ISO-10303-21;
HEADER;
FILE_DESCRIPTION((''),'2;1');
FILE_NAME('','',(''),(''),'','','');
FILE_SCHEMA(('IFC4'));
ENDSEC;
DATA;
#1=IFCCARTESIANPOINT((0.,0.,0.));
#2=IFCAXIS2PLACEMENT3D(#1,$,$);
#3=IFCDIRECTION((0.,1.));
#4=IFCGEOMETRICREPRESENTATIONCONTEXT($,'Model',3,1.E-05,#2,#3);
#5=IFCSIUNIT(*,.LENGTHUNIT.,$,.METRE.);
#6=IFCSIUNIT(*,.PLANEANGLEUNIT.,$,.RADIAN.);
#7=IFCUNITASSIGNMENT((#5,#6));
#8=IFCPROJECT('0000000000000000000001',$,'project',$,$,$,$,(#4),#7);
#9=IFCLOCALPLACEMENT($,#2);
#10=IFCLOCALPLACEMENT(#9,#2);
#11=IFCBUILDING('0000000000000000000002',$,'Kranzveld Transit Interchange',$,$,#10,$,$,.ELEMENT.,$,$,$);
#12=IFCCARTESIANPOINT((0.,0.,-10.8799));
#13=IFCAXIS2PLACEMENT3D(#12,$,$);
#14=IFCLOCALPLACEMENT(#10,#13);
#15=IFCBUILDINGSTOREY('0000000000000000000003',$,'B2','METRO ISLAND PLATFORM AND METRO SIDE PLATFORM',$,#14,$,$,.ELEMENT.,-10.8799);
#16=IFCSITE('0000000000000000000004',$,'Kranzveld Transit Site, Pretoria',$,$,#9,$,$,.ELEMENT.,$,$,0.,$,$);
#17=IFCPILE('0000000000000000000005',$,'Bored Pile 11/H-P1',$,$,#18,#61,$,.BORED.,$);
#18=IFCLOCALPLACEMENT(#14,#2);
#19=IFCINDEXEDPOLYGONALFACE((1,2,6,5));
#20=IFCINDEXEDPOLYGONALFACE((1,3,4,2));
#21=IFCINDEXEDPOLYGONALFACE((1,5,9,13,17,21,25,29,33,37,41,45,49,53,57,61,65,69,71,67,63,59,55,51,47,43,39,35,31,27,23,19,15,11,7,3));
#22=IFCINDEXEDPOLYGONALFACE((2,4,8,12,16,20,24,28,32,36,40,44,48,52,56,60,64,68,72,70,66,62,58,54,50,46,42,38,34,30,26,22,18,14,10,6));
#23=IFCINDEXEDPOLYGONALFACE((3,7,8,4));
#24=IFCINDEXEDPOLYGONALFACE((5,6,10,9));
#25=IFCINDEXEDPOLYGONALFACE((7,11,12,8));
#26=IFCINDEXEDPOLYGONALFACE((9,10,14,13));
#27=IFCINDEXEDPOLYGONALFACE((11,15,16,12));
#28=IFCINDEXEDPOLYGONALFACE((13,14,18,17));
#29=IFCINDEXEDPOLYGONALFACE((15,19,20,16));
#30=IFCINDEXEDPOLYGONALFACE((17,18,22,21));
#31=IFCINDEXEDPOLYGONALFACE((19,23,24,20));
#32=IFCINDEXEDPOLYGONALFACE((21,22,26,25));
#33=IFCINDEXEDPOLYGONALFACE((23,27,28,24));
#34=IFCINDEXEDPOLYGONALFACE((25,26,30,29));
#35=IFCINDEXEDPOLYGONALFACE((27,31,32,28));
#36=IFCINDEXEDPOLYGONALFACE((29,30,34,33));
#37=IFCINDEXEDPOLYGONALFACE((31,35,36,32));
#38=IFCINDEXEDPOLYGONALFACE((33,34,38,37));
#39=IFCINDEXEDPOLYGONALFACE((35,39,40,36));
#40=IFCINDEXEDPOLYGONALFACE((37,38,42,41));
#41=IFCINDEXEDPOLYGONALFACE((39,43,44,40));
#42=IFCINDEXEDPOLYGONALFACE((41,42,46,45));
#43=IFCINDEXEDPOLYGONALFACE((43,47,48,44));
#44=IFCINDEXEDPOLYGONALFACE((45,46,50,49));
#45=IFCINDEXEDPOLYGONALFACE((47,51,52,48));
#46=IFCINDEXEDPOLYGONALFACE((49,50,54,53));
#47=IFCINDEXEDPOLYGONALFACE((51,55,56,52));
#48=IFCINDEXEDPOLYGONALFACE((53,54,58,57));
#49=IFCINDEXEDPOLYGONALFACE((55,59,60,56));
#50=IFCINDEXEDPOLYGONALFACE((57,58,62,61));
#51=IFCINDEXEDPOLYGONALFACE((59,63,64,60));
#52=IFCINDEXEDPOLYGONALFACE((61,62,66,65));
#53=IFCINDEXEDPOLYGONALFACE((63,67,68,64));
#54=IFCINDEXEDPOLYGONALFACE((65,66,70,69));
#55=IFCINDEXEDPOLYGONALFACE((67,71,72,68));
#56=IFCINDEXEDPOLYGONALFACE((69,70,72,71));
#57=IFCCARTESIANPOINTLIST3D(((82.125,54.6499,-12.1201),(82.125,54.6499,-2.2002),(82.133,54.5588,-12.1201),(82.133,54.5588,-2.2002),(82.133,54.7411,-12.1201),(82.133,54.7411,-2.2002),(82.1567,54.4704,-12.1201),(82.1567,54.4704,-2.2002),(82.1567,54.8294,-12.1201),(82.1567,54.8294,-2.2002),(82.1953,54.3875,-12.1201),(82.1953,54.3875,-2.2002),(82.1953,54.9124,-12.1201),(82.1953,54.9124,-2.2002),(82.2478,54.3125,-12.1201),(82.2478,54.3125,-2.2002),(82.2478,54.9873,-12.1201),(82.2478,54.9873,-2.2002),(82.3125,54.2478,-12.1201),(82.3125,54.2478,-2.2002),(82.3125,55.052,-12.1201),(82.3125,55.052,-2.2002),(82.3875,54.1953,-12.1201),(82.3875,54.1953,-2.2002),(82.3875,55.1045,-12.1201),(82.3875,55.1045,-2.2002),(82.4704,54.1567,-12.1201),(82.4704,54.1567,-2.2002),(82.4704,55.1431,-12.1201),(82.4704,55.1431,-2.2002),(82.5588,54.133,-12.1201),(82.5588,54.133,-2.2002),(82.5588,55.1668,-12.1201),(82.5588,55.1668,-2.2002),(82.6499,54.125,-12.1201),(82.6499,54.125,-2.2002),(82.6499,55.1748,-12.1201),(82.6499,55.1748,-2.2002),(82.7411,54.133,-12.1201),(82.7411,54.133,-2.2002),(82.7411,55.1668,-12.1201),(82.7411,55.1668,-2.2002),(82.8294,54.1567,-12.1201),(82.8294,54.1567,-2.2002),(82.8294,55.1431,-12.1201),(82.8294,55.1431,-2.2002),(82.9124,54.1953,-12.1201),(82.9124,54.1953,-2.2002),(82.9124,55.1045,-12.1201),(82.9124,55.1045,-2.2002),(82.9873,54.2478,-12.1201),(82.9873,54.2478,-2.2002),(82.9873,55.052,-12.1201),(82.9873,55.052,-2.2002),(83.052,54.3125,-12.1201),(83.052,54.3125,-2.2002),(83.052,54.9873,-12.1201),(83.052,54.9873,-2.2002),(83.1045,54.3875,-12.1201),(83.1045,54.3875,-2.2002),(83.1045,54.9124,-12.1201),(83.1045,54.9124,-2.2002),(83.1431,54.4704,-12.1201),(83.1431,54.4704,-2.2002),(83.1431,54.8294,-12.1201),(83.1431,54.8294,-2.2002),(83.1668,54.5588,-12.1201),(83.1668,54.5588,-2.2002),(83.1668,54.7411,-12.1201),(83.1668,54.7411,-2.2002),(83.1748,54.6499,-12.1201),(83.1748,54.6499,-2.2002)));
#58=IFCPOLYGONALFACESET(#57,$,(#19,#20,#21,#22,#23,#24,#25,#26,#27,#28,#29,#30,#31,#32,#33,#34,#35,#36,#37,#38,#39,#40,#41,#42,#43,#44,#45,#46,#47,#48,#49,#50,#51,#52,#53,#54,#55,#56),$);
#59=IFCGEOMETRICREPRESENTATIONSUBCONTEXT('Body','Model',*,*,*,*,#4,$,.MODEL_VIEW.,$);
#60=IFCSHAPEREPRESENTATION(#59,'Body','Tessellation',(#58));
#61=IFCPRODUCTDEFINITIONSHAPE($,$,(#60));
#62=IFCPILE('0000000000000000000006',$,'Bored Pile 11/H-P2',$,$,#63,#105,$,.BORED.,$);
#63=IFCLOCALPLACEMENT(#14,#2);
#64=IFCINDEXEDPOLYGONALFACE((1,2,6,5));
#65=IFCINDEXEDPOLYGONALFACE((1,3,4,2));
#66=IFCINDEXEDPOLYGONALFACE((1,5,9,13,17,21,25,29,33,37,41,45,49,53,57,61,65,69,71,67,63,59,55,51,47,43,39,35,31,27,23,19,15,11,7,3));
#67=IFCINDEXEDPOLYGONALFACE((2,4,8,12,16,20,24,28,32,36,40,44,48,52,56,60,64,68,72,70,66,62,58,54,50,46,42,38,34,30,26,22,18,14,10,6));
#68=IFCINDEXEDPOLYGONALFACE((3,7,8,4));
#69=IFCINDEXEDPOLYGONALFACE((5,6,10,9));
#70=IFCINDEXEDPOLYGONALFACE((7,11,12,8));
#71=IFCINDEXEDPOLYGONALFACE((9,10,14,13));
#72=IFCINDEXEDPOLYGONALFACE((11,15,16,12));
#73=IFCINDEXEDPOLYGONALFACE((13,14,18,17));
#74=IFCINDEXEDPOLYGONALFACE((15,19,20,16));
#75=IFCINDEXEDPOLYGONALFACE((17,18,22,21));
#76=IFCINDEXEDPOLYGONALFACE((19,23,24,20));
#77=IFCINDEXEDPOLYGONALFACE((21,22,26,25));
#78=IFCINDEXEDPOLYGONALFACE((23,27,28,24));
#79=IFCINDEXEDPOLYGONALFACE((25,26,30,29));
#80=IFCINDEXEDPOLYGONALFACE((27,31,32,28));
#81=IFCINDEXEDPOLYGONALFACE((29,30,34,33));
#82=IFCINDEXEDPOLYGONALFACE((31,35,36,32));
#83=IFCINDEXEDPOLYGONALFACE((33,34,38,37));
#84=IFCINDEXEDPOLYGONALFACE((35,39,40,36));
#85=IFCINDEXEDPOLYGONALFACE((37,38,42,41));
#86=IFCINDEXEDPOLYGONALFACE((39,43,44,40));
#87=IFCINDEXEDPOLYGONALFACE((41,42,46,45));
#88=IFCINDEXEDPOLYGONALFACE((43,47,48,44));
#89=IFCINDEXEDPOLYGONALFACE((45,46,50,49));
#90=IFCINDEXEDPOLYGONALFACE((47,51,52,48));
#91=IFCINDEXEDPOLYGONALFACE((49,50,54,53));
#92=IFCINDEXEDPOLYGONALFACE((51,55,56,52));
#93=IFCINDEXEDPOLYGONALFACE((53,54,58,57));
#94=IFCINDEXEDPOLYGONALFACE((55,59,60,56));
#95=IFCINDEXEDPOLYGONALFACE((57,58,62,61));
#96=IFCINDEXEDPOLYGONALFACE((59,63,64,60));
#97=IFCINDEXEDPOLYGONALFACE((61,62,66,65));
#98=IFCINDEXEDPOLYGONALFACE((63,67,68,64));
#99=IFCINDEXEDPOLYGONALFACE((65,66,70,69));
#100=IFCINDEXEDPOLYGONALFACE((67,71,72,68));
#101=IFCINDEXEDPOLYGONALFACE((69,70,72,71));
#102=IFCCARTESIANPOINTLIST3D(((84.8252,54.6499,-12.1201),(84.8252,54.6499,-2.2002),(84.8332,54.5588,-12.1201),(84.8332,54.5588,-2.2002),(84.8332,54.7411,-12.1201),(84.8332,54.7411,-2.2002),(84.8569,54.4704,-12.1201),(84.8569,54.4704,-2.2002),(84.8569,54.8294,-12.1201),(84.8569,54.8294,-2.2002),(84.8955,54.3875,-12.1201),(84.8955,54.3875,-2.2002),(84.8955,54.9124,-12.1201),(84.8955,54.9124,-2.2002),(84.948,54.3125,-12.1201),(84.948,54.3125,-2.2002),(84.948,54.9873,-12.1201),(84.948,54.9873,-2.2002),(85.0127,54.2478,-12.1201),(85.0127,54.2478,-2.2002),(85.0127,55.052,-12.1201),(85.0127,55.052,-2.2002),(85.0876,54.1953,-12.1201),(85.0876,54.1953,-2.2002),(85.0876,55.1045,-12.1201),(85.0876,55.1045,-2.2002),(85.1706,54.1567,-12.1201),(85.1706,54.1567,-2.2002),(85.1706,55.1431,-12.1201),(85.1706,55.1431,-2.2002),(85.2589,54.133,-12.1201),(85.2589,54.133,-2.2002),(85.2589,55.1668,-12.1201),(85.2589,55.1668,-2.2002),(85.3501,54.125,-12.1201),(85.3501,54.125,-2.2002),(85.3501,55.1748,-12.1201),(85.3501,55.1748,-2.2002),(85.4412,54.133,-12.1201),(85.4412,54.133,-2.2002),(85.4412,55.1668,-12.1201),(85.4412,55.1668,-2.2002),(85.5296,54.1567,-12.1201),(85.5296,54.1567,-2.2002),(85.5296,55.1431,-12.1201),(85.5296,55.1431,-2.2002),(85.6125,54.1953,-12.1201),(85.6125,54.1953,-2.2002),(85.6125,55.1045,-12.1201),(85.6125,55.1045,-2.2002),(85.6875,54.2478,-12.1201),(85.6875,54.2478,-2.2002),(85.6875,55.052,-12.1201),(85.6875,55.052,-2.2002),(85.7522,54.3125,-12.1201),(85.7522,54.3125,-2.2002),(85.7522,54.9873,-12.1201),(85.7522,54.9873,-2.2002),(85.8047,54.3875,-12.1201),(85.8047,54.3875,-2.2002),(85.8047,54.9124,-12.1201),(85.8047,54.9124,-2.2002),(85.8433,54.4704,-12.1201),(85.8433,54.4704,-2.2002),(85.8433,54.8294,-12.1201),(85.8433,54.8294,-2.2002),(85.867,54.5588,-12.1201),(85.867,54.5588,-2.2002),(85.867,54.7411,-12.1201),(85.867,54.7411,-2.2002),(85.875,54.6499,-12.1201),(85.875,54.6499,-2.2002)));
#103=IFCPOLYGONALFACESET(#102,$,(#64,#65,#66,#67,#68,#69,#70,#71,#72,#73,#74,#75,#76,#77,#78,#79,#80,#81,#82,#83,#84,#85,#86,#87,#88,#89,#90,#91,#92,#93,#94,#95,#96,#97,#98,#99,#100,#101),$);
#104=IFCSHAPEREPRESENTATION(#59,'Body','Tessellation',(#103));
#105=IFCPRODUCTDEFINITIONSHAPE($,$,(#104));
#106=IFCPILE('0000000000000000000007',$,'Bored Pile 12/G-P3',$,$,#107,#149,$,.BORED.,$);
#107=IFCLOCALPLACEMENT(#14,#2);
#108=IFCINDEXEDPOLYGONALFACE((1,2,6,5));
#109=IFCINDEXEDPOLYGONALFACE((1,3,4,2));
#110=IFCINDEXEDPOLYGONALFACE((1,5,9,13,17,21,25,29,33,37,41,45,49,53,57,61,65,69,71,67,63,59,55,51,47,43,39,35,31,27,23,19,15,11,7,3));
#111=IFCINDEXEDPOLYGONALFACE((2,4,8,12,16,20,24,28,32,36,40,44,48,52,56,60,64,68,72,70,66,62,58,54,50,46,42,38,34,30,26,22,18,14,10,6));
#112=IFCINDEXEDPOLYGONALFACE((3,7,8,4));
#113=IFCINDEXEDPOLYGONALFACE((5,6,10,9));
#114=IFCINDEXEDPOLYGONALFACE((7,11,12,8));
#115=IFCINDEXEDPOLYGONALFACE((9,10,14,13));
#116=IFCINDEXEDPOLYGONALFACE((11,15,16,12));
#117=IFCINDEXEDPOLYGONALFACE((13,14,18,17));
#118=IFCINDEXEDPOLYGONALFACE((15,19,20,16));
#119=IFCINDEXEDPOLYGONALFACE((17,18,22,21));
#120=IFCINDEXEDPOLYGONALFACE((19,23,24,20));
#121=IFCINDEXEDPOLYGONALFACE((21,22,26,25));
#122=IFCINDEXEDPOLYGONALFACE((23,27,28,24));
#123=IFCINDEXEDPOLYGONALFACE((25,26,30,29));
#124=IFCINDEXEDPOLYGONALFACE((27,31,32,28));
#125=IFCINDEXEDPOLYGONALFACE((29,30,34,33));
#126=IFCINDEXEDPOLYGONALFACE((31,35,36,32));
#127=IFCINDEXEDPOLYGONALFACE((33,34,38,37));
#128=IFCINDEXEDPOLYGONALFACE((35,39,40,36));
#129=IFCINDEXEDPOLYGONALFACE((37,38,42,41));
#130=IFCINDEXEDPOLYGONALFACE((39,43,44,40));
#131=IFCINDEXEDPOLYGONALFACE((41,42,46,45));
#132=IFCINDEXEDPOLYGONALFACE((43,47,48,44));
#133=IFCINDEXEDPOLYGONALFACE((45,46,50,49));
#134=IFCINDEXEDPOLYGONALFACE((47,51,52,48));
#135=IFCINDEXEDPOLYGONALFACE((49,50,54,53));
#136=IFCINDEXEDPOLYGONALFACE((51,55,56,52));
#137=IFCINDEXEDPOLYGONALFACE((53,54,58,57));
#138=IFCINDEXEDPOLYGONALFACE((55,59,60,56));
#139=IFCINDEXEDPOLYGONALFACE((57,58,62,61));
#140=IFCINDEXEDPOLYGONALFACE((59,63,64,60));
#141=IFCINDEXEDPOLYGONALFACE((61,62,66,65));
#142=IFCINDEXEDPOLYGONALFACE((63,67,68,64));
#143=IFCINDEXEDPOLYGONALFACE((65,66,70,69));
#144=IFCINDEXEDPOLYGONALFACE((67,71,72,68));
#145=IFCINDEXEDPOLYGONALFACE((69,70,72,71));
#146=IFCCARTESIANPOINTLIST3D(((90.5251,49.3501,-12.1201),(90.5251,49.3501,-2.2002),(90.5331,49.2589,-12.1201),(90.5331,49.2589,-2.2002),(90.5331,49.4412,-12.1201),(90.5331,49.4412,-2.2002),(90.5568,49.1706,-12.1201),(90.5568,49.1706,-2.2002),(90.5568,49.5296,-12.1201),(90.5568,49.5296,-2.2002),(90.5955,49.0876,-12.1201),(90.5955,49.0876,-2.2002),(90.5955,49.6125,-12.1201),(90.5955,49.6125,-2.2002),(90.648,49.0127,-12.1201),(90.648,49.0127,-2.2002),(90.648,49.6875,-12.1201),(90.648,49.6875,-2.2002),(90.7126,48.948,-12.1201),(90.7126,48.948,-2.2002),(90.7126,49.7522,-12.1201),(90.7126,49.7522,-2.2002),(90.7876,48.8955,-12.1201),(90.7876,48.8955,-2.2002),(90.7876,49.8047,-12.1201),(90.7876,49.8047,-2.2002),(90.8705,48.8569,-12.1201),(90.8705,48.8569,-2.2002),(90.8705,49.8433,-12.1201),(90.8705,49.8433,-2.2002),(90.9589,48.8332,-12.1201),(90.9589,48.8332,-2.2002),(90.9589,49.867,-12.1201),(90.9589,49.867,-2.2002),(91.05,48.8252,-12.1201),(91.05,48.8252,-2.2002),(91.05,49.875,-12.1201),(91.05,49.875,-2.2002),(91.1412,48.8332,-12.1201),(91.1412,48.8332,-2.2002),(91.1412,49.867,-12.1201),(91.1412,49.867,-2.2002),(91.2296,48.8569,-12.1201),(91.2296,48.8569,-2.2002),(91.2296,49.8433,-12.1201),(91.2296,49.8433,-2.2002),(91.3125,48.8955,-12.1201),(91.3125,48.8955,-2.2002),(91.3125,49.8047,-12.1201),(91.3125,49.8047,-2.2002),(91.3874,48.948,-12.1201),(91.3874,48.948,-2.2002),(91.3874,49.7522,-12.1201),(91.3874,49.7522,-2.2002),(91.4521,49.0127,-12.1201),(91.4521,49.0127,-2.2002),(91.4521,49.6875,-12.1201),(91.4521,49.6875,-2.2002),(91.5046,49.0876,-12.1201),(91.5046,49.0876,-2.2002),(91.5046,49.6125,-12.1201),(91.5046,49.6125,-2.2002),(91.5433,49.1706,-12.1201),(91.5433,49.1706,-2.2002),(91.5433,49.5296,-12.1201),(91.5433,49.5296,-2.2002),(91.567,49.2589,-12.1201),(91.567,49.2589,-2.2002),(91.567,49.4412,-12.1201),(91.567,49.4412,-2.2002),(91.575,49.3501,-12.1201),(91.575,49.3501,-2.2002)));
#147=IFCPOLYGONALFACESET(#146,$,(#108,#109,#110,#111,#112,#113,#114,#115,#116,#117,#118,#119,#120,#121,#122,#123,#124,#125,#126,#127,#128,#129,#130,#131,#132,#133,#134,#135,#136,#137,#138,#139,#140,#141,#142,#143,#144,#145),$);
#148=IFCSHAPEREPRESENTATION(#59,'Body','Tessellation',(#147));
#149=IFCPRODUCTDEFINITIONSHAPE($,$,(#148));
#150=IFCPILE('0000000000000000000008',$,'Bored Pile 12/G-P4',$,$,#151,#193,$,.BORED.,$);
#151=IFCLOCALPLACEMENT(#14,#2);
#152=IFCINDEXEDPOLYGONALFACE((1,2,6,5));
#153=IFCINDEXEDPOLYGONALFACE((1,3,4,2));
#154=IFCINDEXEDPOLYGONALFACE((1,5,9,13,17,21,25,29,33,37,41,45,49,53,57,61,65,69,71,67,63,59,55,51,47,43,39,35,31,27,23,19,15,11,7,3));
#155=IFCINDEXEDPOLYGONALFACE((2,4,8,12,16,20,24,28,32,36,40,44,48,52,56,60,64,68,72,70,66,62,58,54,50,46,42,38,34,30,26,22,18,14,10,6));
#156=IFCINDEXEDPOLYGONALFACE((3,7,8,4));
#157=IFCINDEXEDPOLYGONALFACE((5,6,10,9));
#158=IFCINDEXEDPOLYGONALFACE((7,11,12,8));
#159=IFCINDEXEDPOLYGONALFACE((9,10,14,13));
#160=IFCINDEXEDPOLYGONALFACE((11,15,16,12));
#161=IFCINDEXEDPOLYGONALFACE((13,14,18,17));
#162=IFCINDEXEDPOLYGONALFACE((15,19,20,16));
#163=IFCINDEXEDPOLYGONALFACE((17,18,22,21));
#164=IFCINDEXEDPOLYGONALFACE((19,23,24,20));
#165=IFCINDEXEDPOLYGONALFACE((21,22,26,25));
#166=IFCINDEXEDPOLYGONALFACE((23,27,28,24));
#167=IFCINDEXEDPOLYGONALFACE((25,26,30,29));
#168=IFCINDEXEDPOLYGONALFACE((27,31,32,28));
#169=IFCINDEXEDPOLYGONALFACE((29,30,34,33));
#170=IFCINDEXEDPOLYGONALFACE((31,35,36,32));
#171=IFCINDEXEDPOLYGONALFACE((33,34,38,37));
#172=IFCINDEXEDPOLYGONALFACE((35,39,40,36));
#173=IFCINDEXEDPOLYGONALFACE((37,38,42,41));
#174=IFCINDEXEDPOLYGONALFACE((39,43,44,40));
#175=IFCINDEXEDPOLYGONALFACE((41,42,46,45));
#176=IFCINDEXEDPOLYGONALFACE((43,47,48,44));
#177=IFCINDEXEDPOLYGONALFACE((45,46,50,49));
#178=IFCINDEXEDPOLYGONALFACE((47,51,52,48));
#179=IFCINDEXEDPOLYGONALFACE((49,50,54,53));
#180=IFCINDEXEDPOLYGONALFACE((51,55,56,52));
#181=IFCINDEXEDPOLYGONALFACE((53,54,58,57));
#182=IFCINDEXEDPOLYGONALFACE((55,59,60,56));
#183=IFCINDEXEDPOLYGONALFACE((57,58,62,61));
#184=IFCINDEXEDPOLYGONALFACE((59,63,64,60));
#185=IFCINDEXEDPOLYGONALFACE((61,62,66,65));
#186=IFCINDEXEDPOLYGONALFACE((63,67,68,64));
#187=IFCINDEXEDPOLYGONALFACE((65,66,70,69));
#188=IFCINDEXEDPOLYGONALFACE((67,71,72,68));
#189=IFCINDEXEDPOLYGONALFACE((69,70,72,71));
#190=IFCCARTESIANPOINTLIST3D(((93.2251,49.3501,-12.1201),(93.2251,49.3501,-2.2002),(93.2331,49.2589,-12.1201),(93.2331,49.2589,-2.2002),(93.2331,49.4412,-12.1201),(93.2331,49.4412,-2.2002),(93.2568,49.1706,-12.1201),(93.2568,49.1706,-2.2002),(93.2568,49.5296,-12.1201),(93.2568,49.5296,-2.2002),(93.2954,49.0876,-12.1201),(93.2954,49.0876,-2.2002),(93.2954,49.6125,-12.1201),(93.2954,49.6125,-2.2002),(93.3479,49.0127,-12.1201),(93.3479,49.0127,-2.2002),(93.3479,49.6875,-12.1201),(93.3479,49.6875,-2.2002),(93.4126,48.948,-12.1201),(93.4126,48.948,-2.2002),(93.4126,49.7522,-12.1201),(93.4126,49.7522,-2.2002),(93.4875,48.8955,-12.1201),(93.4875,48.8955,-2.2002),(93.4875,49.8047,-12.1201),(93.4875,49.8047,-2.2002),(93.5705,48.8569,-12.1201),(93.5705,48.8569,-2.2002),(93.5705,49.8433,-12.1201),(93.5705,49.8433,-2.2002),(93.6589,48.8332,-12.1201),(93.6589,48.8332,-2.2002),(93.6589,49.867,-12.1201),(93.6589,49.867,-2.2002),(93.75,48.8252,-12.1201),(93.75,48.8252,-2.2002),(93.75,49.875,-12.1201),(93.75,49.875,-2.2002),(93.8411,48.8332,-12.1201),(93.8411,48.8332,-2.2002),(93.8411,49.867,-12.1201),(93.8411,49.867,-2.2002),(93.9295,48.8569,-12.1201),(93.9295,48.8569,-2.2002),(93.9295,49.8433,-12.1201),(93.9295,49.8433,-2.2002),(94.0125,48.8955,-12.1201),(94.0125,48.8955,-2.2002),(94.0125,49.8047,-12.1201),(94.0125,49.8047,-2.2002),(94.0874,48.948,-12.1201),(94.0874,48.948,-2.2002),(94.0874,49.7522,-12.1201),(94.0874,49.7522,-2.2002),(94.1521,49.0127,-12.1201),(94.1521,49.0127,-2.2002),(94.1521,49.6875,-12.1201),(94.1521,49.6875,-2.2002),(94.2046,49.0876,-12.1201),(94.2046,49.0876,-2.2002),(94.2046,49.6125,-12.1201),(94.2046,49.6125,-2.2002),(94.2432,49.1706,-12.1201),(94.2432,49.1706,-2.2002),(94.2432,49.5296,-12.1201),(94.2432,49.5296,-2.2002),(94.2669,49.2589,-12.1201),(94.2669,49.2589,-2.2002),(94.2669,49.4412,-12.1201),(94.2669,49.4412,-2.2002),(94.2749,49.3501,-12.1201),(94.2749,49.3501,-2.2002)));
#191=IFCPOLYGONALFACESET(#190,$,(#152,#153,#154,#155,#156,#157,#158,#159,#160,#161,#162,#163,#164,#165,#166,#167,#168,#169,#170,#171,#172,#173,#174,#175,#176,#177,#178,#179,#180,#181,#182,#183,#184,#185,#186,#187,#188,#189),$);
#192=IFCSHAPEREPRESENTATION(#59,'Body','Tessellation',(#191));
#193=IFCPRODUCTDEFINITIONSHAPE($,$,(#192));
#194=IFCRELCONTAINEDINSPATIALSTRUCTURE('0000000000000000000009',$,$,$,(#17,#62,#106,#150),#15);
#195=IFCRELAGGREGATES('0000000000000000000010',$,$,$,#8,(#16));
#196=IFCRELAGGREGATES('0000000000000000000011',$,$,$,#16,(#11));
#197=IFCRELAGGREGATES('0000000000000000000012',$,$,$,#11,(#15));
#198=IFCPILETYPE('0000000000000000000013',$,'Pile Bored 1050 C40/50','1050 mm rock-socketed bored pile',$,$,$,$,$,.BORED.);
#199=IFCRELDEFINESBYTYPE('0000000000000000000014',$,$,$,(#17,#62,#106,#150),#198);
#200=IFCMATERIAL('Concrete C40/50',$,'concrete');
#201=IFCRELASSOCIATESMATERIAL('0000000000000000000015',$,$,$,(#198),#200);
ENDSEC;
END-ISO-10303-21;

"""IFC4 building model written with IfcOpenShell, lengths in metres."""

from ifc_helpers import new_model, si_unit, direction, frame, origin, origin_2d, place, context, subcontext, project, spatial, circle, extrude, material, material_profile, profile_set, type_object, element, save


model = new_model("IFC4")

# Units and contexts
model_context = context("Model", 3, precision=1e-05, world=origin(), true_north=direction((0.0, 1.0)))
body_context = subcontext(model_context, "Body", "Model", "MODEL_VIEW")
ifc_project = project(units=[si_unit("LENGTHUNIT", "METRE"), si_unit("PLANEANGLEUNIT", "RADIAN")], contexts=[model_context])

# Site, building, storey
site_placement = place(None, origin())
site = spatial("IfcSite", under=ifc_project, at=site_placement, Name="Kranzveld Transit Site, Pretoria", CompositionType="ELEMENT", RefElevation=0.0)
building_placement = place(site_placement, origin())
building = spatial("IfcBuilding", under=site, at=building_placement, Name="Kranzveld Transit Interchange", CompositionType="ELEMENT")
storey_placement = place(building_placement, frame((0.0, 0.0, -10.8799)))
storey = spatial("IfcBuildingStorey", under=building, at=storey_placement, Name="B2", Description="METRO ISLAND PLATFORM AND METRO SIDE PLATFORM", CompositionType="ELEMENT", Elevation=-10.8799)

# Piles
ifc_material_1 = material(Name="Concrete C40/50", Category="concrete")
ifc_material_profile_1 = material_profile(ifc_material_1, circle(Radius=0.5249, at=origin_2d()), Name="BORED PILE 1050")
ifc_profile_set_1 = profile_set([ifc_material_profile_1], Name="Concrete C40/50")
pile_type = type_object("IfcPileType", Name="Pile Bored 1050 C40/50", Description="1050 mm rock-socketed bored pile", PredefinedType="BORED", material=ifc_profile_set_1)
for number, where, z_axis, x_axis, name in (
    (1, (82.6499, 54.6499, -2.2002), (0.0, 0.0, -1.0), (1.0, 0.0, 0.0), "Bored Pile 11/H-P1"),
    (2, (85.3501, 54.6499, -2.2002), (0.0, 0.0, -1.0), (1.0, 0.0, 0.0), "Bored Pile 11/H-P2"),
    (3, (91.05, 49.3501, -2.2002), (0.0, 0.0, -1.0), (1.0, 0.0, 0.0), "Bored Pile 12/G-P3"),
    (4, (93.75, 49.3501, -2.2002), (0.0, 0.0, -1.0), (1.0, 0.0, 0.0), "Bored Pile 12/G-P4"),
):
    element("IfcPile", number, at=place(storey_placement, frame(where, z_axis=z_axis, x_axis=x_axis)), inside=storey, type_object=pile_type, Name=name, PredefinedType="BORED", context=body_context, shape_type="SweptSolid", body=[
        extrude(circle(Radius=0.5249, at=origin_2d()), origin(), (0.0, 0.0, 1.0), 9.9199),
    ])

save(model, "model.ifc")
